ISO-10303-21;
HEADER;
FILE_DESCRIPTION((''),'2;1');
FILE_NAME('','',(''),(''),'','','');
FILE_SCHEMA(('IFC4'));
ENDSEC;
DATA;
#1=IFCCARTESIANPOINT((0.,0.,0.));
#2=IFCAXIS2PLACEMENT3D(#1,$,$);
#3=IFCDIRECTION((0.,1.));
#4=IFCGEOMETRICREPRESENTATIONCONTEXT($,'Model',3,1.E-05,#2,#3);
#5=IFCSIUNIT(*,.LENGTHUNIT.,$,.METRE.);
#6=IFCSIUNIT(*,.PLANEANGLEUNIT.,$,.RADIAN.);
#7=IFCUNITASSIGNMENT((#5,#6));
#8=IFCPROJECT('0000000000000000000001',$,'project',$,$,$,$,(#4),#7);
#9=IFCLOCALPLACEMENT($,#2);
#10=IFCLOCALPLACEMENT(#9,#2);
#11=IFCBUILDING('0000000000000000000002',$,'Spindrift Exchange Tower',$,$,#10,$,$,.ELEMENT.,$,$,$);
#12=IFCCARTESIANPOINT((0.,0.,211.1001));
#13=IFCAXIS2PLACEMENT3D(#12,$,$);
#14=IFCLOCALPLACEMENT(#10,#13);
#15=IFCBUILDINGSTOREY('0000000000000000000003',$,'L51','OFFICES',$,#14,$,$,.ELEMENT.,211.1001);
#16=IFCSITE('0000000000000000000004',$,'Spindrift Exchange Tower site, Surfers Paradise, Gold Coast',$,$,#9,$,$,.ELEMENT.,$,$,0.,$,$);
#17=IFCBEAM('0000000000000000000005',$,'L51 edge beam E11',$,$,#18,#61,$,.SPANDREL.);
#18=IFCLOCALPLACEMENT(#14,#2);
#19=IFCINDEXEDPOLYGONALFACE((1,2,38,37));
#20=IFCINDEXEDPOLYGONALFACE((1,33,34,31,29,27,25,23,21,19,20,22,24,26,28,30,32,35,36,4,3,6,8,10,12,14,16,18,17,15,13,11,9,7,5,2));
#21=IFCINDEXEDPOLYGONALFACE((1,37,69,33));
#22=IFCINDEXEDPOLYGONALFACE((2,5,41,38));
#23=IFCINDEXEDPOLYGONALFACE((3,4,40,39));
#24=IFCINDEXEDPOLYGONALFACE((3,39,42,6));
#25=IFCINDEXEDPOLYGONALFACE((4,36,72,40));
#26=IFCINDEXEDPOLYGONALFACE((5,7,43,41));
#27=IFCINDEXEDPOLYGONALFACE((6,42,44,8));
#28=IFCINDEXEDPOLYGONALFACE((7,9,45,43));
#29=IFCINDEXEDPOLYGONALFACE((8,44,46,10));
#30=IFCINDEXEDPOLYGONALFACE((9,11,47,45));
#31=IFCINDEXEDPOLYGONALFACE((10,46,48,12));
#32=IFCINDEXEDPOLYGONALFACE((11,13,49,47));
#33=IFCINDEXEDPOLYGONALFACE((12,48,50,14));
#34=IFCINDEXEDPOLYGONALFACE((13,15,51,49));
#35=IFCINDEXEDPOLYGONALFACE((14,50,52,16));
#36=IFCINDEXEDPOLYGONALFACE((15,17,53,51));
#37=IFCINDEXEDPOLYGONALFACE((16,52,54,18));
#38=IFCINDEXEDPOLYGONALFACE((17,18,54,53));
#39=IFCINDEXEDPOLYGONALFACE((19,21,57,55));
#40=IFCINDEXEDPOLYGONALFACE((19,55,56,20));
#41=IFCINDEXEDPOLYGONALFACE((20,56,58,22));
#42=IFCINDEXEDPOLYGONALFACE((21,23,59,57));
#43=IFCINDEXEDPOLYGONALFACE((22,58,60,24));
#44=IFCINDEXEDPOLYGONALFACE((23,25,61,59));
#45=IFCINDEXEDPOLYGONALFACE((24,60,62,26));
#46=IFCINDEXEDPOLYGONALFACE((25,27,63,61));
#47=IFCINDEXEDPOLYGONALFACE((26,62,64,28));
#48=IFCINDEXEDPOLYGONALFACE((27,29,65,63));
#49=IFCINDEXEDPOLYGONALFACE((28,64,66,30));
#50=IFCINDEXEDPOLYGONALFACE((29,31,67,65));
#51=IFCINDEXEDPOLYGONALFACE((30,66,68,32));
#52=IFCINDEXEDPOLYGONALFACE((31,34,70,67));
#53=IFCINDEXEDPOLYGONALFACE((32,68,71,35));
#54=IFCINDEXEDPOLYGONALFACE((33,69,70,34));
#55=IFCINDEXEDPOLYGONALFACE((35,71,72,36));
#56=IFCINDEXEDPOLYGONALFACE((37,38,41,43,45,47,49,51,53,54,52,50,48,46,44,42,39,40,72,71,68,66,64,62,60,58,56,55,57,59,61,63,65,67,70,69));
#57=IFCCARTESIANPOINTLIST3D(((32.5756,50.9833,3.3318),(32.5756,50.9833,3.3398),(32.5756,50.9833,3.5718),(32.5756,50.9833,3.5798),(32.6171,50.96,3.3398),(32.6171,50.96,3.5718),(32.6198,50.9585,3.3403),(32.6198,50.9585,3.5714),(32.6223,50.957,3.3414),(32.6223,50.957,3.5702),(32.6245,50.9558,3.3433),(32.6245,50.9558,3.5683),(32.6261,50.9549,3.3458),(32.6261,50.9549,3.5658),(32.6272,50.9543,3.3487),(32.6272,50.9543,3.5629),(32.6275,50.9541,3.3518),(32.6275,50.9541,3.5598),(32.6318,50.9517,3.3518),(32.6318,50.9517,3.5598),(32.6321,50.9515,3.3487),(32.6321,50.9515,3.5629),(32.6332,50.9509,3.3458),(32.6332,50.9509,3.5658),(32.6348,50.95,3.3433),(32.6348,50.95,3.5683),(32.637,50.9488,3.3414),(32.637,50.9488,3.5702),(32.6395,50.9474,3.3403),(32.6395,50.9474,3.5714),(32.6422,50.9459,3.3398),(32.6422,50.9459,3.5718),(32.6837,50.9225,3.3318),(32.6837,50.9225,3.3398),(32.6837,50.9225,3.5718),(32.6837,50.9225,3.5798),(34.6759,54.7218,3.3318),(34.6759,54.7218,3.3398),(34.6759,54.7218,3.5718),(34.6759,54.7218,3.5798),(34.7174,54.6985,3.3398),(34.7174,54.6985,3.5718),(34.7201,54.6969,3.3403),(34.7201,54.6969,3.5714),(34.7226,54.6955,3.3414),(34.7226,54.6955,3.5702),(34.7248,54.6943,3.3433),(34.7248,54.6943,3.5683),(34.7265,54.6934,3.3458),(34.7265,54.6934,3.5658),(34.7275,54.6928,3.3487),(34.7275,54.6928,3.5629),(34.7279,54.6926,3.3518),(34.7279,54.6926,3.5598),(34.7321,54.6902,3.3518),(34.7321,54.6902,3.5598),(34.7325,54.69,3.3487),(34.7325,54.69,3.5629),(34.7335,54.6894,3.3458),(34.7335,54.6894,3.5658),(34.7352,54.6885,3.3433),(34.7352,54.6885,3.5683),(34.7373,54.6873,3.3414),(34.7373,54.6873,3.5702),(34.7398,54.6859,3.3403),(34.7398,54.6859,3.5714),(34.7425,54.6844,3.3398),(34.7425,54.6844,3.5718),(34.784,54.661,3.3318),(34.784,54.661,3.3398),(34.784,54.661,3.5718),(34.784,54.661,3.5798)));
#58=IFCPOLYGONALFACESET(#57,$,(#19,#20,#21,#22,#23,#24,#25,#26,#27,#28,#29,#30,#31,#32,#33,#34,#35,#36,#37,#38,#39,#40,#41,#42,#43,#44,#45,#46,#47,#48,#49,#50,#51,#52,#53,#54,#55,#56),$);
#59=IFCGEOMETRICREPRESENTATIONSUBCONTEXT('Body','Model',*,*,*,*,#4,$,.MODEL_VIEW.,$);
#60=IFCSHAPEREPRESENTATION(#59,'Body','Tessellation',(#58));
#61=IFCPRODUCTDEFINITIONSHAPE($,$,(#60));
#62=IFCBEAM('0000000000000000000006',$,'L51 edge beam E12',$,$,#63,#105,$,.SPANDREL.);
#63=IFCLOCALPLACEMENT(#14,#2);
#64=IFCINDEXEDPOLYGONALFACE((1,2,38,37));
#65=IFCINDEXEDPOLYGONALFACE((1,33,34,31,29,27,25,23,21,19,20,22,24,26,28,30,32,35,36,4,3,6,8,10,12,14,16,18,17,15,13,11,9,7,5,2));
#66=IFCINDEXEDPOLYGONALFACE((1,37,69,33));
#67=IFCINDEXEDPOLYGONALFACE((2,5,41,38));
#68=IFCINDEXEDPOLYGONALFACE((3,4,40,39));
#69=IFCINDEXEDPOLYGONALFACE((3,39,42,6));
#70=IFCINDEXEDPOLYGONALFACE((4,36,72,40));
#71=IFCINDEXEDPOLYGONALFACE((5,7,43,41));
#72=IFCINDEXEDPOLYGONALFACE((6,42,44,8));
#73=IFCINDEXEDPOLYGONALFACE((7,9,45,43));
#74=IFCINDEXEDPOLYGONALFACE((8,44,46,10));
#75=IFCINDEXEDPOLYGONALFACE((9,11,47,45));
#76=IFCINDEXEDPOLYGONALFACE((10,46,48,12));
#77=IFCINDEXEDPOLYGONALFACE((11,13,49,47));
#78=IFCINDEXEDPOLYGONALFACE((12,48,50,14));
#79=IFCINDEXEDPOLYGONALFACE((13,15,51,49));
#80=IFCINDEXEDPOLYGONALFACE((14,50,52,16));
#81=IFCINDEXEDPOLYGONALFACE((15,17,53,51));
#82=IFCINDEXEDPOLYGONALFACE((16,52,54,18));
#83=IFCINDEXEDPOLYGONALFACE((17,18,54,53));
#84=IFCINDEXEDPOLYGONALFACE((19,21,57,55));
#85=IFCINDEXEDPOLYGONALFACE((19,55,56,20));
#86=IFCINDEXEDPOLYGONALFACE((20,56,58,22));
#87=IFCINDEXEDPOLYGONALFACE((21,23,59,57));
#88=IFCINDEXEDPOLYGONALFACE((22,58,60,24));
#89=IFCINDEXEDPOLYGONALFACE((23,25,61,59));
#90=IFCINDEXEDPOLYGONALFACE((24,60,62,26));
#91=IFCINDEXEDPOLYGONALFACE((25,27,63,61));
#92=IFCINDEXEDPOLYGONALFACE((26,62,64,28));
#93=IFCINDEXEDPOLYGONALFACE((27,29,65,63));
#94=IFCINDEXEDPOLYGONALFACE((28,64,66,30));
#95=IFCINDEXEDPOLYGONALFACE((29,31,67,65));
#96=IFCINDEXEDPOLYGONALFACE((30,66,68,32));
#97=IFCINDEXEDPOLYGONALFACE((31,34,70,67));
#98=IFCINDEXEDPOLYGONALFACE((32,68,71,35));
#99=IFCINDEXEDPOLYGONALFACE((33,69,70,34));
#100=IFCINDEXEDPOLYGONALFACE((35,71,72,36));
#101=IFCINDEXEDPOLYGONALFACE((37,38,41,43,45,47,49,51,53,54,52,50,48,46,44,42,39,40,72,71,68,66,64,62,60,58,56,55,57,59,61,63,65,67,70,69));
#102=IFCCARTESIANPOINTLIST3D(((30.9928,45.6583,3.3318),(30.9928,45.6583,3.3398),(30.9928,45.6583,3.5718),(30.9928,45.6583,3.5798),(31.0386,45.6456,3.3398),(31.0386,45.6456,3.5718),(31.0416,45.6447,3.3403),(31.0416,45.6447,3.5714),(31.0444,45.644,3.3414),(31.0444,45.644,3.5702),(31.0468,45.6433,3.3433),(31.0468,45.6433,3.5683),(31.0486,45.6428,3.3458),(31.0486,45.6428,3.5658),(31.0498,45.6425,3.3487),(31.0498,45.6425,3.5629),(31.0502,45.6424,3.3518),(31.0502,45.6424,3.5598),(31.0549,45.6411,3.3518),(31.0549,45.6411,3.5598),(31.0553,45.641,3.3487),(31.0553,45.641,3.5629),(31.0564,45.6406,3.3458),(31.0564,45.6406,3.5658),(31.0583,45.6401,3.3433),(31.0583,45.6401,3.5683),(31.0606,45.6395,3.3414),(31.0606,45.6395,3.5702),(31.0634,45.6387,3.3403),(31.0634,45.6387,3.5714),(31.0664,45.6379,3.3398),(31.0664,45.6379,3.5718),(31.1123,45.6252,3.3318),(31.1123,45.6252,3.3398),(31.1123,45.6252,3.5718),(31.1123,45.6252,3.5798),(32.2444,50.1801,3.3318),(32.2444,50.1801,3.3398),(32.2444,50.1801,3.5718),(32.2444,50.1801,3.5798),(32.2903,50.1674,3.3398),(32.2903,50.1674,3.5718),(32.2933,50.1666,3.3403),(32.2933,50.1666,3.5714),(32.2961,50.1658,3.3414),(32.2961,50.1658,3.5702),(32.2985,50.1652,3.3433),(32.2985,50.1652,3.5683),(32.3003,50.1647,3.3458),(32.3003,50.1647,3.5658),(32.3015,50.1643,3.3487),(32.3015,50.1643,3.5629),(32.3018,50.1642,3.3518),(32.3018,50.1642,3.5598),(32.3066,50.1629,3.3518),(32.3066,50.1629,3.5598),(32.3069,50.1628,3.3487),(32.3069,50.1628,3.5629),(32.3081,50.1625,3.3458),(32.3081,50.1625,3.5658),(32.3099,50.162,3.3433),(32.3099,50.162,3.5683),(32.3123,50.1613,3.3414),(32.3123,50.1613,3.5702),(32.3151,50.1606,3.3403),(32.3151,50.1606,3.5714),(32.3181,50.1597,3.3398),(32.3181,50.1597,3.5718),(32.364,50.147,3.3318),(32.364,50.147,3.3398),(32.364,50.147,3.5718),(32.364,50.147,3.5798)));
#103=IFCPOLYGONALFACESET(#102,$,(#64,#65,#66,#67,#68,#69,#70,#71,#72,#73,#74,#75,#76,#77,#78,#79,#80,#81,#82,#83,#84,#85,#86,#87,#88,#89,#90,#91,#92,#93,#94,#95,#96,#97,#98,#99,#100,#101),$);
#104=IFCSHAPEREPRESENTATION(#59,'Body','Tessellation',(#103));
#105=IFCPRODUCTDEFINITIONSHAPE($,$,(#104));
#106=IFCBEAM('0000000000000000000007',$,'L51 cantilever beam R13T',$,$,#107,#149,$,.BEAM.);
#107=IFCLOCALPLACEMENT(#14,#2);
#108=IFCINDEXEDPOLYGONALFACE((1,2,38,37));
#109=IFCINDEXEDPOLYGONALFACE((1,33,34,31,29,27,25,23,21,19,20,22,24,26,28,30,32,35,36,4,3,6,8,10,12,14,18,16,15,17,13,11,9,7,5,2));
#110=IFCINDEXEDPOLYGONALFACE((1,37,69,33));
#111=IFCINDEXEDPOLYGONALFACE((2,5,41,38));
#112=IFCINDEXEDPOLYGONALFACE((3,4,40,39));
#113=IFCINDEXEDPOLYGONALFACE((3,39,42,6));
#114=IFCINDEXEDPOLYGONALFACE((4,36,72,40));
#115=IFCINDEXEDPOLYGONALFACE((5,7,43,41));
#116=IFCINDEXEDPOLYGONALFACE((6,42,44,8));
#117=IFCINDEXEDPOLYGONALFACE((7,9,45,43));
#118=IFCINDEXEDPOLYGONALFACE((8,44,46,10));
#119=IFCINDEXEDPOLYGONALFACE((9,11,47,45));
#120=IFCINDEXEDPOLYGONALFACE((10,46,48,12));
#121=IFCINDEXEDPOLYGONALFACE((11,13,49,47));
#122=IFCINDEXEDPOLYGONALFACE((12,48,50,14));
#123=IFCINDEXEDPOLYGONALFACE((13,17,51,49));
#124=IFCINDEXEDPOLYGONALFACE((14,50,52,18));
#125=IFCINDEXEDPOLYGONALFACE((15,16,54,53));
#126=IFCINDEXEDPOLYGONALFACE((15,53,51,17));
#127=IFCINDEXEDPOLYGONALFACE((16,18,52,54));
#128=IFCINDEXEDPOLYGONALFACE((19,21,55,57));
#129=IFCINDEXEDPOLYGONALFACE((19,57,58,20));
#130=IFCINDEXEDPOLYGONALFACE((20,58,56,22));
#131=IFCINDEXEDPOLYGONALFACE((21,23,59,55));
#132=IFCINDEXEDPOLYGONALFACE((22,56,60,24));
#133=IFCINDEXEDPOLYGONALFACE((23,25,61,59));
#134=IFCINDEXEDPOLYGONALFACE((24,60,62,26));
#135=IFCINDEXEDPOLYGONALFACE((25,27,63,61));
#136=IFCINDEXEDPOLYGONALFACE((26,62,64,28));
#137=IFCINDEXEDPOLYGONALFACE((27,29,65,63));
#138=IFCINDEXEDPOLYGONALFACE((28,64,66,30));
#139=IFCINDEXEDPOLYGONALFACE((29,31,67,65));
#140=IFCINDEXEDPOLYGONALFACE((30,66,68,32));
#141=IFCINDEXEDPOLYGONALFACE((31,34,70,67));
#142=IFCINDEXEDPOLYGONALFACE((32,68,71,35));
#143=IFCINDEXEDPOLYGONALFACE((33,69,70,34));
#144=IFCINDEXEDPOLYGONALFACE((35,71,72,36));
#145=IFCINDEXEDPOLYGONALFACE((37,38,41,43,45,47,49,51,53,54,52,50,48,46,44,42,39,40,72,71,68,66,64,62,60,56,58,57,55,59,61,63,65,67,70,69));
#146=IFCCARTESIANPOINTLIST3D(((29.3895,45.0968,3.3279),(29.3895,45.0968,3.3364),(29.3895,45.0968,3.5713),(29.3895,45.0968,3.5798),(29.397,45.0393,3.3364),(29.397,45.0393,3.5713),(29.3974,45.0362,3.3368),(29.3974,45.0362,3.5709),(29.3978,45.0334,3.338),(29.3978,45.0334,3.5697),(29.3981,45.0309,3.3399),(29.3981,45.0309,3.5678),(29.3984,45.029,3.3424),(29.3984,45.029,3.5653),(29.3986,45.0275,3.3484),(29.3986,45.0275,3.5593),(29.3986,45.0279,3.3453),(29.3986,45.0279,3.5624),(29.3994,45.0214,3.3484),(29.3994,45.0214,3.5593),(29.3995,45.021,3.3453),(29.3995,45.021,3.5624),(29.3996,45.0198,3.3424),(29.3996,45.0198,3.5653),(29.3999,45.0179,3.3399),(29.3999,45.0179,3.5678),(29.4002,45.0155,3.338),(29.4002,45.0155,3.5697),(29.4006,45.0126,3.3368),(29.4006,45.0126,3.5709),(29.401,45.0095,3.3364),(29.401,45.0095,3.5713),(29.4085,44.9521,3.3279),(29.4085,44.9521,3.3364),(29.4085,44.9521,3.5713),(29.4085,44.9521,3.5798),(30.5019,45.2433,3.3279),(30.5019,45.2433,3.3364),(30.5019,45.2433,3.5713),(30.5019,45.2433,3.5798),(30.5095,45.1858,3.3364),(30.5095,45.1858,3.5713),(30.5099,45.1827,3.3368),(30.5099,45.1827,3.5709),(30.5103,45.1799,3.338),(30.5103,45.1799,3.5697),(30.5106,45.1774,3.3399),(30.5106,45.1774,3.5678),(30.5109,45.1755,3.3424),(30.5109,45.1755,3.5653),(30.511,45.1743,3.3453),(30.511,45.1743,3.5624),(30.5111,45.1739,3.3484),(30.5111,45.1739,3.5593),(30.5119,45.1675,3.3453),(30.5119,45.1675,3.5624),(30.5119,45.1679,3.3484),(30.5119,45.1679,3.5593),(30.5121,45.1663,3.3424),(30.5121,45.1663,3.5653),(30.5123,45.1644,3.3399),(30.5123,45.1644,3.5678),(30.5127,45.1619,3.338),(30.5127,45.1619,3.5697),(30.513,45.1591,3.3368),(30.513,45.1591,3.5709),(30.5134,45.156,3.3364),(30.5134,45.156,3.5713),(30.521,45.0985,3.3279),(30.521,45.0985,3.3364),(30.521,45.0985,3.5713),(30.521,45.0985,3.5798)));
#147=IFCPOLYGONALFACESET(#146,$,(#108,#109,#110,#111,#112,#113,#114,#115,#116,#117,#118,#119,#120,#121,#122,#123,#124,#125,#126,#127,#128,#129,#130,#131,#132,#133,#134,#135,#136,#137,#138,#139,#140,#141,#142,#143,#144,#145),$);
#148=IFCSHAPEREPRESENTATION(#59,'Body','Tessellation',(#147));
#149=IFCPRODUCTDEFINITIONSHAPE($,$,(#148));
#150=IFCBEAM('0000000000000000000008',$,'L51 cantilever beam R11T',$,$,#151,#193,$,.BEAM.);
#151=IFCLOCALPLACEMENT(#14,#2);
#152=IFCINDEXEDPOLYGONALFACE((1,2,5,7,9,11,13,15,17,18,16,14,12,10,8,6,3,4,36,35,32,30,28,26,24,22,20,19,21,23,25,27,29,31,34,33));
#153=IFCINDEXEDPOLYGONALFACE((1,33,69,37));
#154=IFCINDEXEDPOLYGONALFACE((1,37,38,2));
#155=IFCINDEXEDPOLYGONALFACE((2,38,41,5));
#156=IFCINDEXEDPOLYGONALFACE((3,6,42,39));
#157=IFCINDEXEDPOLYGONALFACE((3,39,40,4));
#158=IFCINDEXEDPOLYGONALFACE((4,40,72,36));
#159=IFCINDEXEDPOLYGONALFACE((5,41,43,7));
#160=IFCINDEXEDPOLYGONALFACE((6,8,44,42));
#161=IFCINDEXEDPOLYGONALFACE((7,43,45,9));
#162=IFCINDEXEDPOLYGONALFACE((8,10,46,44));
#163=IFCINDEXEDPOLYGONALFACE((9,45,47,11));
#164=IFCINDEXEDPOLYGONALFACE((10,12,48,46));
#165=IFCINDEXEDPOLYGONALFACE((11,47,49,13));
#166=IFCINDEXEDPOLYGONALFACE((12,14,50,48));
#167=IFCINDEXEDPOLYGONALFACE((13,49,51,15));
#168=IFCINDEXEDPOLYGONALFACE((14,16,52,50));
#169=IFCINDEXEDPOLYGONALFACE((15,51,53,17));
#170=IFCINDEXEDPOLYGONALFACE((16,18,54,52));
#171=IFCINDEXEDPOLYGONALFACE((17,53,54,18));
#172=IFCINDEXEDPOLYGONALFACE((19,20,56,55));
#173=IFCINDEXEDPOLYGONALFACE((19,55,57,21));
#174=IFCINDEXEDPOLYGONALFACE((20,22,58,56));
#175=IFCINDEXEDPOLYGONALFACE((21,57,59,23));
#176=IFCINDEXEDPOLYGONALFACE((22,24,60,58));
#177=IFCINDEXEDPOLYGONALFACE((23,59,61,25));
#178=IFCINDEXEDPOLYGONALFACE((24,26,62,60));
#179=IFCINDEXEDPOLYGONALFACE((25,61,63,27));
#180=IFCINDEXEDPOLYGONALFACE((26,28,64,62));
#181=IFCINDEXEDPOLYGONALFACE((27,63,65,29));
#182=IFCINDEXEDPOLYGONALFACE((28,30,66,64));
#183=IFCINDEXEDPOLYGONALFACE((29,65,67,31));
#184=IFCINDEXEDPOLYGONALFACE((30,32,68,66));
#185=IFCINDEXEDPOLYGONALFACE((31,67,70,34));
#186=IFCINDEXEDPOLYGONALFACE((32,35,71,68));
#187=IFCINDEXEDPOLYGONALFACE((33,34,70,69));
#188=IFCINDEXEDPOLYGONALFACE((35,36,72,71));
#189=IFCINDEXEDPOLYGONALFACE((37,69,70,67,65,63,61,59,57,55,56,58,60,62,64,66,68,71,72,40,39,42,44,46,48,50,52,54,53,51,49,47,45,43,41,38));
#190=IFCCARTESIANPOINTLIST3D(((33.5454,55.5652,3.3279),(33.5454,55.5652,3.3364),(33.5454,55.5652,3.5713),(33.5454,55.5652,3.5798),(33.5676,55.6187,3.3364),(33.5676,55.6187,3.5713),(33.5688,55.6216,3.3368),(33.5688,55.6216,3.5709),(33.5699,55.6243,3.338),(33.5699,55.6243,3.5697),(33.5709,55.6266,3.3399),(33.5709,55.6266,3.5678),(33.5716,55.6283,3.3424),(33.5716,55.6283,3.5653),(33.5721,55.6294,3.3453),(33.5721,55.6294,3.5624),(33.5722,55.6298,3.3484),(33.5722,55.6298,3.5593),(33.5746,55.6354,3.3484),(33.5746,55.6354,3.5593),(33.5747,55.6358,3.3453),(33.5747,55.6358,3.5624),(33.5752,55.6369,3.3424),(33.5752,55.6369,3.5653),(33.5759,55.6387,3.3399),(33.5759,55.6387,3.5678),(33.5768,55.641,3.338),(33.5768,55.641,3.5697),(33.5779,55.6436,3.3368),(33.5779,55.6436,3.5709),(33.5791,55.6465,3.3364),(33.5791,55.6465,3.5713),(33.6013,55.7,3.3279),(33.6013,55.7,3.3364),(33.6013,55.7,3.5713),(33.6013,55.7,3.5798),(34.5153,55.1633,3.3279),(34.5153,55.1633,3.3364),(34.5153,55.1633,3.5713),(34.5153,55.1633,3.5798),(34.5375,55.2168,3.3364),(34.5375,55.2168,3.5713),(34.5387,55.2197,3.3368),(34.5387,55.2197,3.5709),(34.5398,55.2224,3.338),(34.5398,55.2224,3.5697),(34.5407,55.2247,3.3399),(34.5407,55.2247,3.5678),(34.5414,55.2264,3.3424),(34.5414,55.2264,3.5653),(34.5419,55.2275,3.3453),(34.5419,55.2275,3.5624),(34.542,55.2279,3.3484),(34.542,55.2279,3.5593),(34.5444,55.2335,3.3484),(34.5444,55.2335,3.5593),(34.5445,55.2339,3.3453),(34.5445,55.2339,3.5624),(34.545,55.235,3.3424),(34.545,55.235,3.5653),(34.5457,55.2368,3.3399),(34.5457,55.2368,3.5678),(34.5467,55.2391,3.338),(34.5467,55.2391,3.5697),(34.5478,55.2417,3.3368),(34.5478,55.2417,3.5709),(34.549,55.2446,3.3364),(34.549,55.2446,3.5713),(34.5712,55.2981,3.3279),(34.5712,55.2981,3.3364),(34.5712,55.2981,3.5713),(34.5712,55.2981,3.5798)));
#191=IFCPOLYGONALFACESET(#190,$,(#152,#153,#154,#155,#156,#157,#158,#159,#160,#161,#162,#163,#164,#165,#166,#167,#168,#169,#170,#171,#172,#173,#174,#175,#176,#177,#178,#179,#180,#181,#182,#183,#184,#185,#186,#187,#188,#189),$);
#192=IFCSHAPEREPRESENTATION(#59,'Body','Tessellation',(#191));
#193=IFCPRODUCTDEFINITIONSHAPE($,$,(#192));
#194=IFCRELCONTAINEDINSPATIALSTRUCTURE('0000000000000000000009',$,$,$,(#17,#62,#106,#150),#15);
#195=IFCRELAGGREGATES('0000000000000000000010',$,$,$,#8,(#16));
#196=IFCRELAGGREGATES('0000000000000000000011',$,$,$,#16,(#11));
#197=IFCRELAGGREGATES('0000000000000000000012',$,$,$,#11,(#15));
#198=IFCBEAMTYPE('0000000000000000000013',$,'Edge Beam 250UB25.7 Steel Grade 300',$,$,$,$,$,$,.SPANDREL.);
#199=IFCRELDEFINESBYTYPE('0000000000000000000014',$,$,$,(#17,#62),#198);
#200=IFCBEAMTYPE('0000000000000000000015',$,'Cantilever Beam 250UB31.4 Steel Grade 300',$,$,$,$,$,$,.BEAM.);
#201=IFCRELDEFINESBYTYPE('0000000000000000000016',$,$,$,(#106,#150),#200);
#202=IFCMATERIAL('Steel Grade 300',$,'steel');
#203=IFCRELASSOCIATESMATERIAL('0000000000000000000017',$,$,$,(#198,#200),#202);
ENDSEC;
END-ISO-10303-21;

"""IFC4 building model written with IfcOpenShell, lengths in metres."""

from ifc_helpers import new_model, si_unit, direction, frame, origin, origin_2d, place, context, subcontext, project, spatial, i_section, extrude, source, transform, mapped, material, material_profile, profile_set, type_object, element, save


model = new_model("IFC4")

# Units and contexts
model_context = context("Model", 3, precision=1e-05, world=origin(), true_north=direction((0.0, 1.0)))
body_context = subcontext(model_context, "Body", "Model", "MODEL_VIEW")
ifc_project = project(units=[si_unit("LENGTHUNIT", "METRE"), si_unit("PLANEANGLEUNIT", "RADIAN")], contexts=[model_context])

# Site, building, storey
site_placement = place(None, origin())
site = spatial("IfcSite", under=ifc_project, at=site_placement, Name="Spindrift Exchange Tower site, Surfers Paradise, Gold Coast", CompositionType="ELEMENT", RefElevation=0.0)
building_placement = place(site_placement, origin())
building = spatial("IfcBuilding", under=site, at=building_placement, Name="Spindrift Exchange Tower", CompositionType="ELEMENT")
storey_placement = place(building_placement, frame((0.0, 0.0, 211.1001)))
storey = spatial("IfcBuildingStorey", under=building, at=storey_placement, Name="L51", Description="OFFICES", CompositionType="ELEMENT", Elevation=211.1001)

# Beams
ifc_material_1 = material(Name="Steel Grade 300", Category="steel")
ifc_material_profile_1 = material_profile(ifc_material_1, i_section(OverallWidth=0.124, OverallDepth=0.248, WebThickness=0.0049, FlangeThickness=0.0081, FilletRadius=0.012, at=origin_2d()), Name="250UB25.7")
ifc_profile_set_1 = profile_set([ifc_material_profile_1], Name="Steel Grade 300")
beam_type_1 = type_object("IfcBeamType", Name="Edge Beam 250UB25.7 Steel Grade 300", PredefinedType="SPANDREL", material=ifc_profile_set_1)
shared_shape_1 = source(origin(), body_context, "Body", "SweptSolid", [
    extrude(i_section(OverallWidth=0.124, OverallDepth=0.248, WebThickness=0.0049, FlangeThickness=0.0081, FilletRadius=0.012, at=origin_2d()), origin(), (0.0, 0.0, 1.0), 4.2881),
])
beam_1_placement = place(storey_placement, frame((34.73, 54.6914, 3.4558), z_axis=(-0.489804, -0.871832, 0.0), x_axis=(0.871832, -0.489804, 0.0)))
element("IfcBeam", 1, at=beam_1_placement, inside=storey, type_object=beam_type_1, Name="L51 edge beam E11", PredefinedType="SPANDREL", context=body_context, shape_type="MappedRepresentation", body=[
    mapped(shared_shape_1, transform((0.0, 0.0, 0.0), scale=1.0)),
])
shared_shape_2 = source(origin(), body_context, "Body", "SweptSolid", [
    extrude(i_section(OverallWidth=0.124, OverallDepth=0.248, WebThickness=0.0049, FlangeThickness=0.0081, FilletRadius=0.012, at=origin_2d()), origin(), (0.0, 0.0, 1.0), 4.6919),
])
beam_2_placement = place(storey_placement, frame((32.3042, 50.1636, 3.4558), z_axis=(-0.266774, -0.963759, 0.0), x_axis=(0.963759, -0.266774, 0.0)))
element("IfcBeam", 2, at=beam_2_placement, inside=storey, type_object=beam_type_1, Name="L51 edge beam E12", PredefinedType="SPANDREL", context=body_context, shape_type="MappedRepresentation", body=[
    mapped(shared_shape_2, transform((0.0, 0.0, 0.0), scale=1.0)),
])
ifc_material_profile_2 = material_profile(ifc_material_1, i_section(OverallWidth=0.146, OverallDepth=0.252, WebThickness=0.0061, FlangeThickness=0.0085, FilletRadius=0.012, at=origin_2d()), Name="250UB31.4")
ifc_profile_set_2 = profile_set([ifc_material_profile_2], Name="Steel Grade 300")
beam_type_2 = type_object("IfcBeamType", Name="Cantilever Beam 250UB31.4 Steel Grade 300", PredefinedType="BEAM", material=ifc_profile_set_2)
shared_shape_3 = source(origin(), body_context, "Body", "SweptSolid", [
    extrude(i_section(OverallWidth=0.146, OverallDepth=0.252, WebThickness=0.0061, FlangeThickness=0.0085, FilletRadius=0.012, at=origin_2d()), origin(), (0.0, 0.0, 1.0), 1.1221),
])
beam_3_placement = place(storey_placement, frame((30.5115, 45.1709, 3.4539), z_axis=(-0.991443, -0.130539, 0.0), x_axis=(0.130539, -0.991443, 0.0)))
element("IfcBeam", 3, at=beam_3_placement, inside=storey, type_object=beam_type_2, Name="L51 cantilever beam R13T", PredefinedType="BEAM", context=body_context, shape_type="MappedRepresentation", body=[
    mapped(shared_shape_3, transform((0.0, 0.0, 0.0), scale=1.0)),
])
shared_shape_4 = source(origin(), body_context, "Body", "SweptSolid", [
    extrude(i_section(OverallWidth=0.146, OverallDepth=0.252, WebThickness=0.0061, FlangeThickness=0.0085, FilletRadius=0.012, at=origin_2d()), origin(), (0.0, 0.0, 1.0), 1.0498),
])
beam_4_placement = place(storey_placement, frame((34.5432, 55.2307, 3.4539), z_axis=(-0.923818, 0.382831, 0.0), x_axis=(-0.382831, -0.923818, 0.0)))
element("IfcBeam", 4, at=beam_4_placement, inside=storey, type_object=beam_type_2, Name="L51 cantilever beam R11T", PredefinedType="BEAM", context=body_context, shape_type="MappedRepresentation", body=[
    mapped(shared_shape_4, transform((0.0, 0.0, 0.0), scale=1.0)),
])

save(model, "model.ifc")
